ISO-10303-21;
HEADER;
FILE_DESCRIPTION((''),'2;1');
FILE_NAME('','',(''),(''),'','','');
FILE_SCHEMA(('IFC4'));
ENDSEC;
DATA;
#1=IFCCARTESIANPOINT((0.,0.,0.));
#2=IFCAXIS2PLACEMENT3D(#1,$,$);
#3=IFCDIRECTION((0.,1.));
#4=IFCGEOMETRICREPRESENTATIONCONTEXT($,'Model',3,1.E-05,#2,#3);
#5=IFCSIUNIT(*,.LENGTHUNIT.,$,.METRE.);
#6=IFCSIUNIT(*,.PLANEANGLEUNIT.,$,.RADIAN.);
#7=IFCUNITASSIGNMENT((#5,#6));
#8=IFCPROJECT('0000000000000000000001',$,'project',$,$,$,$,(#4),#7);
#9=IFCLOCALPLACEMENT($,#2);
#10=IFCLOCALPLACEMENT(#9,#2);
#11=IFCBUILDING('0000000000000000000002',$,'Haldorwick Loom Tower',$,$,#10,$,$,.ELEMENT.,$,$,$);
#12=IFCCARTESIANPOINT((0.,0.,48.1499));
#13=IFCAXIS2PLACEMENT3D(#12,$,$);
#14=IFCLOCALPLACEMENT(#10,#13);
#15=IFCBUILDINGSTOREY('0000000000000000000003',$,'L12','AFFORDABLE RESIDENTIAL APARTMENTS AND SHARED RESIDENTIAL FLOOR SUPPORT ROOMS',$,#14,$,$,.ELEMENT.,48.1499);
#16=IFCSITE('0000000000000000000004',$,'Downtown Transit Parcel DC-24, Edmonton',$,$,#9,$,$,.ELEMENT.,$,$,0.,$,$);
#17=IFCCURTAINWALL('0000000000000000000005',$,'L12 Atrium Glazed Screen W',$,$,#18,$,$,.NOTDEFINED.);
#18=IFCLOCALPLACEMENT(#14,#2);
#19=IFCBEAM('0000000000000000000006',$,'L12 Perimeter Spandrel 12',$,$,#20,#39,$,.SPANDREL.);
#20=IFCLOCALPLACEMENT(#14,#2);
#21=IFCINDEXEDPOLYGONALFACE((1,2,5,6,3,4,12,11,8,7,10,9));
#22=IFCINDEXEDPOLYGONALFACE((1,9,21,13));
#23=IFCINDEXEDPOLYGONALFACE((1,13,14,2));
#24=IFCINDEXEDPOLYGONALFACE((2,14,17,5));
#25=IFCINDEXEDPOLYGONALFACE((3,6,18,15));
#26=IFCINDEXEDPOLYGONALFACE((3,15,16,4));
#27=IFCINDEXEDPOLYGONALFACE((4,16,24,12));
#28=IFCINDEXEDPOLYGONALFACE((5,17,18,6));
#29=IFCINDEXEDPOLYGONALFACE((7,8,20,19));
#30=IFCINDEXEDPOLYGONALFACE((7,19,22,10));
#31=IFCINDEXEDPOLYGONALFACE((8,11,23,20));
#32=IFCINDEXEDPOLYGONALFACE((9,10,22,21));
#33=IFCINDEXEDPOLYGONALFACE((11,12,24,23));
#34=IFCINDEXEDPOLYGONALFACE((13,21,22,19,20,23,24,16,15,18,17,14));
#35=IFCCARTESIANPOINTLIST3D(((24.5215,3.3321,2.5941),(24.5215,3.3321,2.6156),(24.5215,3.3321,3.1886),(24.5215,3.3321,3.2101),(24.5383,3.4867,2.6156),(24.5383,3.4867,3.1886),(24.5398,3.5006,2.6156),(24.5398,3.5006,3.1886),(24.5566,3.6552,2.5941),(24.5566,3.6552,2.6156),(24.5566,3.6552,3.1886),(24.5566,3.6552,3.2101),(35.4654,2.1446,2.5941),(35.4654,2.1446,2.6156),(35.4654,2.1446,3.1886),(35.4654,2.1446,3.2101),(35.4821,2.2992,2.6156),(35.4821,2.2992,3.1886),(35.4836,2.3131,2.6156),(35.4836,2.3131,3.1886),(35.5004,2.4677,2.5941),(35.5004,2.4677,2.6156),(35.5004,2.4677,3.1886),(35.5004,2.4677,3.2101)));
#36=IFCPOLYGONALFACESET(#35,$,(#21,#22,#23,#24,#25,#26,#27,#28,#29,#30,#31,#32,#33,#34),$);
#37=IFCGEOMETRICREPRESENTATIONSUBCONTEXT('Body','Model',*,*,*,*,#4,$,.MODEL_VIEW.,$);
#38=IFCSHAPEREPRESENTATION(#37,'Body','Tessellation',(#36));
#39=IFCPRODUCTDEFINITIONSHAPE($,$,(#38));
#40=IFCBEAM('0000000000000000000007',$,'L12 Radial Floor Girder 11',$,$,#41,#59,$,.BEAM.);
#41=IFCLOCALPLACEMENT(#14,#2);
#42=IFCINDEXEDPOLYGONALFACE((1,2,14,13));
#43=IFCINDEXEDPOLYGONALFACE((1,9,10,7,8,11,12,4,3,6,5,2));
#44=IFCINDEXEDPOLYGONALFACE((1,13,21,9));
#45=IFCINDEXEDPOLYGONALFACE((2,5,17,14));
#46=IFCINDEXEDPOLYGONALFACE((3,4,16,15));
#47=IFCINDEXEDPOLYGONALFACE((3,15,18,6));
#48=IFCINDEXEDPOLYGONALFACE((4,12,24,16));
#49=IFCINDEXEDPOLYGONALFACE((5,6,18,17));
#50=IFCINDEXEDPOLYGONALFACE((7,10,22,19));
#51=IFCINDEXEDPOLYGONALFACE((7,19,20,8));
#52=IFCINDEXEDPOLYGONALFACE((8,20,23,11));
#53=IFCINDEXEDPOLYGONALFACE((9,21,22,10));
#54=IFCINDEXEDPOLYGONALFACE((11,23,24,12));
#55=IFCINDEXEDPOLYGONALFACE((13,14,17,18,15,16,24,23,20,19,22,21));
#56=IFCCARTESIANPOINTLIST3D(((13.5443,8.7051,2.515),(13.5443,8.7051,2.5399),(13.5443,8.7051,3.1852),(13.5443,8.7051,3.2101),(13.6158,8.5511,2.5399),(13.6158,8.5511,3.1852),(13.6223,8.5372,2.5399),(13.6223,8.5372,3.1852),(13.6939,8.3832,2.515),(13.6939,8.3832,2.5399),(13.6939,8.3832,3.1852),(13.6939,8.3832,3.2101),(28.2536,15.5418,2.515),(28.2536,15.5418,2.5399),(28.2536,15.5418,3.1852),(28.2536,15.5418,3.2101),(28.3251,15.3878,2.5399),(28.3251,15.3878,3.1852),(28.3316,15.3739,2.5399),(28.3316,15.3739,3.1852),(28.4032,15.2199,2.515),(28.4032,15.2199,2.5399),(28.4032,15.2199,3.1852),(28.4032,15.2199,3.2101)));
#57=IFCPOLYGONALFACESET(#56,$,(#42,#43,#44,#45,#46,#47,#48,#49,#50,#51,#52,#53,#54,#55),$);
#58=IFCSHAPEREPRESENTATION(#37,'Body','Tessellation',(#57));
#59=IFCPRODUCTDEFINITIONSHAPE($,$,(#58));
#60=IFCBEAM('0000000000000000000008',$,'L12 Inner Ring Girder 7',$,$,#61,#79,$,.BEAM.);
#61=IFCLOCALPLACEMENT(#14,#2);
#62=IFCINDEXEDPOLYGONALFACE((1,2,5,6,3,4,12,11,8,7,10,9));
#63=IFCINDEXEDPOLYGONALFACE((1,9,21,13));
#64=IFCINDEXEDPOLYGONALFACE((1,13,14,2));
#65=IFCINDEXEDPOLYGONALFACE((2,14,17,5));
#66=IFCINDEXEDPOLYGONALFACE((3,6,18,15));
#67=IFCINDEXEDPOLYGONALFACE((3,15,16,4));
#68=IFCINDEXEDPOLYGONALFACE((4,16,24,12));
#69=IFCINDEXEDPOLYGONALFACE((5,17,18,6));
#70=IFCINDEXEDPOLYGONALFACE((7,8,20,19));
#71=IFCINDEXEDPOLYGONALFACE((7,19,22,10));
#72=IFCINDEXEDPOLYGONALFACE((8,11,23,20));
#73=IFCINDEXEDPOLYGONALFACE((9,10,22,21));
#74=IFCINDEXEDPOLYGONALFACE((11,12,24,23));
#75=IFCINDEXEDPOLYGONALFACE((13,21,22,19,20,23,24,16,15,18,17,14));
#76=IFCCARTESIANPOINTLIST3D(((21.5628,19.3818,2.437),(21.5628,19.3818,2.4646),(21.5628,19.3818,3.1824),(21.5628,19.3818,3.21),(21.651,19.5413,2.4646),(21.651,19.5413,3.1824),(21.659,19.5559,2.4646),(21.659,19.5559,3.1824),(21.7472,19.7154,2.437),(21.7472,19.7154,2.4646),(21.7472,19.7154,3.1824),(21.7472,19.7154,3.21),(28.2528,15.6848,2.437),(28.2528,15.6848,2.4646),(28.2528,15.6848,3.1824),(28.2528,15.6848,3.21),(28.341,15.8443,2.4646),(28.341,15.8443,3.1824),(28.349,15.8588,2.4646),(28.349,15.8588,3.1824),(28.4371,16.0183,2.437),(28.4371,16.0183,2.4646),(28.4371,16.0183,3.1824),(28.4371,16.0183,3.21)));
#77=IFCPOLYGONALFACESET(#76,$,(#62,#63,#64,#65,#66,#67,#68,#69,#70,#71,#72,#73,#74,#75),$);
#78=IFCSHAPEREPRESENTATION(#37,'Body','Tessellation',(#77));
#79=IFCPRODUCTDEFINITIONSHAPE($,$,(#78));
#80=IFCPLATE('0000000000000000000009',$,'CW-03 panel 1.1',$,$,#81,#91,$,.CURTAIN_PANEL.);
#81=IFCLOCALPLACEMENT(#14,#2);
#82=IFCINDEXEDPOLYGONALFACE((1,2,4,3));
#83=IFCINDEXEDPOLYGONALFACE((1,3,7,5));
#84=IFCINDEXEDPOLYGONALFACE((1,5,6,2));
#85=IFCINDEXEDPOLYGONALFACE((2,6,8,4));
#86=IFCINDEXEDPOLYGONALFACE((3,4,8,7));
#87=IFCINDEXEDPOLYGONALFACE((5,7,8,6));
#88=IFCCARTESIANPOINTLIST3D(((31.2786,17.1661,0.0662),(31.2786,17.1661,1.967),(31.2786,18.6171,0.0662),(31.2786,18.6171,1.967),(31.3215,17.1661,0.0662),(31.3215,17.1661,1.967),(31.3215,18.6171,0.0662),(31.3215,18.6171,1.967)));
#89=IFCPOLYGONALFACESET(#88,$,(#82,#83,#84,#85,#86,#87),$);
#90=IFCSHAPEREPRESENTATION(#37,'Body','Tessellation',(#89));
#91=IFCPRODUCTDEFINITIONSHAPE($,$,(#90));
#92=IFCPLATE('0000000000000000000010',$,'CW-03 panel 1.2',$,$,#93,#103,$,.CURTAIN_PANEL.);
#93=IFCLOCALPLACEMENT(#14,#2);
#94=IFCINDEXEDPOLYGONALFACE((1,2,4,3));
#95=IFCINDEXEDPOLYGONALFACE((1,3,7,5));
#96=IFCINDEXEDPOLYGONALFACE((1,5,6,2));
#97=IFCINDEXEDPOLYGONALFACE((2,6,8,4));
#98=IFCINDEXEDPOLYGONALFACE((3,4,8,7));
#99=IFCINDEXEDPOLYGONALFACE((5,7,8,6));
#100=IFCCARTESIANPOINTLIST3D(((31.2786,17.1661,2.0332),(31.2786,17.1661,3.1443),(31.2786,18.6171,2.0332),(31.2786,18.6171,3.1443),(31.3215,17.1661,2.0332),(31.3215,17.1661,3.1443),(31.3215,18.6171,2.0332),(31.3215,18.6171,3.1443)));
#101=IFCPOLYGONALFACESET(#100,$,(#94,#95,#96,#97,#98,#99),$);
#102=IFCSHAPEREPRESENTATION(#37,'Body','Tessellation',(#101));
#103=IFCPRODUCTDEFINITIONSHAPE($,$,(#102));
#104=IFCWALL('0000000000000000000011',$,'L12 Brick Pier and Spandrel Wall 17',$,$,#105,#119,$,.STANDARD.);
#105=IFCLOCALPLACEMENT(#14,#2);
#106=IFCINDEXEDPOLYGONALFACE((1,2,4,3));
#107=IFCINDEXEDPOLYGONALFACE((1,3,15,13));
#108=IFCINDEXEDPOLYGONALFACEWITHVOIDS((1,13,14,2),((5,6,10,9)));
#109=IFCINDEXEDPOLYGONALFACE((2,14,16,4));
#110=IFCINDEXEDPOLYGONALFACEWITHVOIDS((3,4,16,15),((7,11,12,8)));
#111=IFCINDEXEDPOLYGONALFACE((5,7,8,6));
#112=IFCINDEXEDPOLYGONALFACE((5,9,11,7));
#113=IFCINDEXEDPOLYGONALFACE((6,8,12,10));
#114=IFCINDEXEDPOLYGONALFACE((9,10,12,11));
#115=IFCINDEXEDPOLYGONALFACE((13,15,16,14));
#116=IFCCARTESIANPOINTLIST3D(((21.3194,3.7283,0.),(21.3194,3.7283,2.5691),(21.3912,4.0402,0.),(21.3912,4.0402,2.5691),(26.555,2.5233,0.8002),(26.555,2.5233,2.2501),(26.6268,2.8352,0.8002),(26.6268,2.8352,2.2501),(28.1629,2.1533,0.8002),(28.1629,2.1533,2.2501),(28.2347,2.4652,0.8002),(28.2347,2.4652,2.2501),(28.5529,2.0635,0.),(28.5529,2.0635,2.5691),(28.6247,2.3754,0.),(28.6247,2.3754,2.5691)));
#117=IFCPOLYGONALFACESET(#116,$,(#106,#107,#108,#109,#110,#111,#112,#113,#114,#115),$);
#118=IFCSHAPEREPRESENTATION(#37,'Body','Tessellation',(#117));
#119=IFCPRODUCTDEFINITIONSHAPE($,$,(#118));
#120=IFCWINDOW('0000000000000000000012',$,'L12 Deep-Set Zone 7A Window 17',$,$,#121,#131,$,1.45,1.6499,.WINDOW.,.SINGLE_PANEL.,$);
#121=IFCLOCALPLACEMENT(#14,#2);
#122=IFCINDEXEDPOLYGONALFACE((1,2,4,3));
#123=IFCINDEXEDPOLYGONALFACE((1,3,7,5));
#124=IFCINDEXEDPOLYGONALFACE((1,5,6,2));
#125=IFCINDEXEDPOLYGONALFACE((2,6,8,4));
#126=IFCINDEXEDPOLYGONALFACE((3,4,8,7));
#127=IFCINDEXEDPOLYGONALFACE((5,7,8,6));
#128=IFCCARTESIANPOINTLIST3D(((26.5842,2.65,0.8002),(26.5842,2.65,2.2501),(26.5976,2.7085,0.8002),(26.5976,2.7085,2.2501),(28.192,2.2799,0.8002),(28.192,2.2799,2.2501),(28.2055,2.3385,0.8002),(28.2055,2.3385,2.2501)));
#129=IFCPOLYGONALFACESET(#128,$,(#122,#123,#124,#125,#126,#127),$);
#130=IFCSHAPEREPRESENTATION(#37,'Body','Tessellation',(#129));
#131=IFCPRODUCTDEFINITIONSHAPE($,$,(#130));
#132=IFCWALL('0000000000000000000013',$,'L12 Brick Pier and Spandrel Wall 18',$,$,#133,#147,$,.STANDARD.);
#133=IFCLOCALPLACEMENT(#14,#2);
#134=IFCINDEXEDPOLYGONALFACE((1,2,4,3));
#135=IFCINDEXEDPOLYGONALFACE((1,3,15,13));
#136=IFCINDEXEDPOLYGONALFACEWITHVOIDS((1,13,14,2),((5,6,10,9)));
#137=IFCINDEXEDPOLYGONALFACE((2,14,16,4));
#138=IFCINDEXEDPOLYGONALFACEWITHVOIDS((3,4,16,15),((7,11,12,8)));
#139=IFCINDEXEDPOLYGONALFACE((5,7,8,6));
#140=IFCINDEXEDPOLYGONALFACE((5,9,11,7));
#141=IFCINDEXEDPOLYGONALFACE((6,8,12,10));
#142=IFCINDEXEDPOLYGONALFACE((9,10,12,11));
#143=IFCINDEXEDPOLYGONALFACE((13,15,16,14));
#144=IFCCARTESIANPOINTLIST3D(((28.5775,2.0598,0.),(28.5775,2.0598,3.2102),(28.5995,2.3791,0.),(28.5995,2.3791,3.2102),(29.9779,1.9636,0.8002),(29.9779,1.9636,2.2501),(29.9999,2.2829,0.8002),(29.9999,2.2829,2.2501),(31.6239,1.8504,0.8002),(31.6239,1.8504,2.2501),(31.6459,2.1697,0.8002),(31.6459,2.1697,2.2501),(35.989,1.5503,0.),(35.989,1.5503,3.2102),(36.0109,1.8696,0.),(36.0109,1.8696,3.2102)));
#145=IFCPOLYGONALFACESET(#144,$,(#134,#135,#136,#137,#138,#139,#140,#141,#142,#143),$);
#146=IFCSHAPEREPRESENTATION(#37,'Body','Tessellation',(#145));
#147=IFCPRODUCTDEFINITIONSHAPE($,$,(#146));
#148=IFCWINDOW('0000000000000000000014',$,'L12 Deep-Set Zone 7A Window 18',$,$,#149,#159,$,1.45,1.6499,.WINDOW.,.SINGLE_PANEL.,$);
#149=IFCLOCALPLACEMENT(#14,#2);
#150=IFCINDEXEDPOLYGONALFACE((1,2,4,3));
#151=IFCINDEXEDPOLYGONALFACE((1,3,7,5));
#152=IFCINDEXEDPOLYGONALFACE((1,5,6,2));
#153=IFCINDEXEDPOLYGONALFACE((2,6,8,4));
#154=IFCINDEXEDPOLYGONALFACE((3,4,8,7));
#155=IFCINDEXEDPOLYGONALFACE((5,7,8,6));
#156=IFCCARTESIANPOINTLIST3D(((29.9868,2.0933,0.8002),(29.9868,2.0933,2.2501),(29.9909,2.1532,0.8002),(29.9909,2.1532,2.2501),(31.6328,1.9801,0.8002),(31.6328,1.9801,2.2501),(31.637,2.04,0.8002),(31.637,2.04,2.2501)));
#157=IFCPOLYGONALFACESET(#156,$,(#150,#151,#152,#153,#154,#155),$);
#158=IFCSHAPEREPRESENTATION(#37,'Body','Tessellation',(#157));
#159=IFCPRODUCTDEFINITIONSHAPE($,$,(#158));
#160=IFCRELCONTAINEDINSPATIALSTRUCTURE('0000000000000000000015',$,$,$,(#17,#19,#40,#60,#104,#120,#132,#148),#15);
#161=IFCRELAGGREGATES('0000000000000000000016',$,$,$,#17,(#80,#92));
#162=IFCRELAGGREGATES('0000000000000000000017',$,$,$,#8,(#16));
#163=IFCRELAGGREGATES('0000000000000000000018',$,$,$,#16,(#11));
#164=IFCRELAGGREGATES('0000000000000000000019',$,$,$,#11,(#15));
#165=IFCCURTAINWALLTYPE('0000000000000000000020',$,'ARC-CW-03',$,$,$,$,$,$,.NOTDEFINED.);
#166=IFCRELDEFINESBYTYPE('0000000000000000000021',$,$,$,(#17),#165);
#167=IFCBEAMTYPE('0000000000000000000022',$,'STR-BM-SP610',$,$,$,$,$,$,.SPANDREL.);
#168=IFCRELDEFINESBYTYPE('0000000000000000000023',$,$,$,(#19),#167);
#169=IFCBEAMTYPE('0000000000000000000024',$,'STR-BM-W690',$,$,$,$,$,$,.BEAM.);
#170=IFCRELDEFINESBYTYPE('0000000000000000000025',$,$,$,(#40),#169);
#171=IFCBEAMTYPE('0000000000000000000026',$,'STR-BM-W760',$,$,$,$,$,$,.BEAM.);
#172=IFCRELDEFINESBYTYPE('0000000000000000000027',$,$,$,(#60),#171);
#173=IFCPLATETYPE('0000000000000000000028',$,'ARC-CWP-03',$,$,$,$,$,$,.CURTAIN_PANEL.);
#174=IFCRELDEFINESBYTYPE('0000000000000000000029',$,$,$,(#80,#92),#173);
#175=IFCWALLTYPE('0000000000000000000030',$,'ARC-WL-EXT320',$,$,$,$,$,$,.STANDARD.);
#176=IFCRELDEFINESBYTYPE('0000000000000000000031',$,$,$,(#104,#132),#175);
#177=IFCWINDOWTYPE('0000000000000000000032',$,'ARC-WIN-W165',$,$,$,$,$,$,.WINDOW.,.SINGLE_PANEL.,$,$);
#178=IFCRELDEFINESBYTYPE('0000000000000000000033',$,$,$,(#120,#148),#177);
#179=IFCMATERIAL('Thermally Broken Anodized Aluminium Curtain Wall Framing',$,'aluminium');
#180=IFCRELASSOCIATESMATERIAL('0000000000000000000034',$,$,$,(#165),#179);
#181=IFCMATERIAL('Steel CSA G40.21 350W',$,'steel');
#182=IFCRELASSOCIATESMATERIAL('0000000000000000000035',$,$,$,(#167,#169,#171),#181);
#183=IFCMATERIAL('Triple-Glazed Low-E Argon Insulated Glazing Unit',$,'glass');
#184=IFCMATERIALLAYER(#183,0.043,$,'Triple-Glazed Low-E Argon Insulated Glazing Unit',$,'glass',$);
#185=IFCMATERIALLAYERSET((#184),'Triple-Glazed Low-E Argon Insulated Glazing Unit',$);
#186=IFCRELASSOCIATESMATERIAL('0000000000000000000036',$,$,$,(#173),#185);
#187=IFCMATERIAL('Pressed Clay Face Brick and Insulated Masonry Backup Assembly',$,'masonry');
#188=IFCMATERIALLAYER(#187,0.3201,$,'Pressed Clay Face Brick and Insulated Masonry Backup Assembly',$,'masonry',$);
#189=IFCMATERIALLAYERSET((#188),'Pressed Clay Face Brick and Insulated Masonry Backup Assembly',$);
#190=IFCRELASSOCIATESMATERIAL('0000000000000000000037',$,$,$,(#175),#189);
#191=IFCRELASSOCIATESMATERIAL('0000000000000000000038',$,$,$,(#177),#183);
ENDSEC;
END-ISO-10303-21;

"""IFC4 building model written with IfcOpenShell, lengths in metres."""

from ifc_helpers import new_model, si_unit, direction, frame, frame_2d, origin, origin_2d, place, context, subcontext, project, spatial, rectangle, i_section, extrude, material, layer, layer_set, material_profile, profile_set, type_object, element, fill, aggregate, save


model = new_model("IFC4")

# Units and contexts
model_context = context("Model", 3, precision=1e-05, world=origin(), true_north=direction((0.0, 1.0)))
body_context = subcontext(model_context, "Body", "Model", "MODEL_VIEW")
ifc_project = project(units=[si_unit("LENGTHUNIT", "METRE"), si_unit("PLANEANGLEUNIT", "RADIAN")], contexts=[model_context])

# Site, building, storey
site_placement = place(None, origin())
site = spatial("IfcSite", under=ifc_project, at=site_placement, Name="Downtown Transit Parcel DC-24, Edmonton", CompositionType="ELEMENT", RefElevation=0.0)
building_placement = place(site_placement, origin())
building = spatial("IfcBuilding", under=site, at=building_placement, Name="Haldorwick Loom Tower", CompositionType="ELEMENT")
storey_placement = place(building_placement, frame((0.0, 0.0, 48.1499)))
storey = spatial("IfcBuildingStorey", under=building, at=storey_placement, Name="L12", Description="AFFORDABLE RESIDENTIAL APARTMENTS AND SHARED RESIDENTIAL FLOOR SUPPORT ROOMS", CompositionType="ELEMENT", Elevation=48.1499)

# Curtain wall
ifc_material_1 = material(Name="Thermally Broken Anodized Aluminium Curtain Wall Framing", Category="aluminium")
curtain_wall_type = type_object("IfcCurtainWallType", Name="ARC-CW-03", PredefinedType="NOTDEFINED", material=ifc_material_1)
curtain_wall_placement = place(storey_placement, origin())
curtain_wall = element("IfcCurtainWall", 1, at=curtain_wall_placement, inside=storey, type_object=curtain_wall_type, Name="L12 Atrium Glazed Screen W", PredefinedType="NOTDEFINED")

# Beams
ifc_material_2 = material(Name="Steel CSA G40.21 350W", Category="steel")
ifc_material_profile_1 = material_profile(ifc_material_2, i_section(OverallWidth=0.325, OverallDepth=0.616, WebThickness=0.0139, FlangeThickness=0.0215, at=origin_2d()), Name="W610X174", Category="steel")
ifc_profile_set_1 = profile_set([ifc_material_profile_1], Name="Steel CSA G40.21 350W")
beam_type_1 = type_object("IfcBeamType", Name="STR-BM-SP610", PredefinedType="SPANDREL", material=ifc_profile_set_1)
beam_1_placement = place(storey_placement, frame((24.5391, 3.4937, 2.9021), z_axis=(0.994164, -0.107875, 0.0), x_axis=(0.107875, 0.994164, 0.0)))
element("IfcBeam", 2, at=beam_1_placement, inside=storey, type_object=beam_type_1, Name="L12 Perimeter Spandrel 12", PredefinedType="SPANDREL", context=body_context, shape_type="SweptSolid", body=[
    extrude(i_section(OverallWidth=0.325, OverallDepth=0.616, WebThickness=0.0139, FlangeThickness=0.0215, at=origin_2d()), origin(), (0.0, 0.0, 1.0), 11.0081),
])
ifc_material_profile_2 = material_profile(ifc_material_2, i_section(OverallWidth=0.355, OverallDepth=0.6951, WebThickness=0.0154, FlangeThickness=0.0249, at=origin_2d()), Name="W690X217", Category="steel")
ifc_profile_set_2 = profile_set([ifc_material_profile_2], Name="Steel CSA G40.21 350W")
beam_type_2 = type_object("IfcBeamType", Name="STR-BM-W690", PredefinedType="BEAM", material=ifc_profile_set_2)
beam_2_placement = place(storey_placement, frame((28.3284, 15.3809, 2.8625), z_axis=(-0.906835, -0.421486, 0.0), x_axis=(0.421486, -0.906835, 0.0)))
element("IfcBeam", 3, at=beam_2_placement, inside=storey, type_object=beam_type_2, Name="L12 Radial Floor Girder 11", PredefinedType="BEAM", context=body_context, shape_type="SweptSolid", body=[
    extrude(i_section(OverallWidth=0.355, OverallDepth=0.6951, WebThickness=0.0154, FlangeThickness=0.0249, at=origin_2d()), origin(), (0.0, 0.0, 1.0), 16.2205),
])
ifc_material_profile_3 = material_profile(ifc_material_2, i_section(OverallWidth=0.3811, OverallDepth=0.7729, WebThickness=0.0166, FlangeThickness=0.0276, at=origin_2d()), Name="W760X257", Category="steel")
ifc_profile_set_3 = profile_set([ifc_material_profile_3], Name="Steel CSA G40.21 350W")
beam_type_3 = type_object("IfcBeamType", Name="STR-BM-W760", PredefinedType="BEAM", material=ifc_profile_set_3)
beam_3_placement = place(storey_placement, frame((28.345, 15.8516, 2.8235), z_axis=(-0.875244, 0.483681, 0.0), x_axis=(-0.483681, -0.875244, 0.0)))
element("IfcBeam", 4, at=beam_3_placement, inside=storey, type_object=beam_type_3, Name="L12 Inner Ring Girder 7", PredefinedType="BEAM", context=body_context, shape_type="SweptSolid", body=[
    extrude(i_section(OverallWidth=0.3811, OverallDepth=0.7729, WebThickness=0.0166, FlangeThickness=0.0276, at=origin_2d()), origin(), (0.0, 0.0, 1.0), 7.6436),
])

# Plates
ifc_material_3 = material(Name="Triple-Glazed Low-E Argon Insulated Glazing Unit", Category="glass")
ifc_layer_1 = layer(ifc_material_3, 0.043, Name="Triple-Glazed Low-E Argon Insulated Glazing Unit", Category="glass")
ifc_layer_set_1 = layer_set([ifc_layer_1], Name="Triple-Glazed Low-E Argon Insulated Glazing Unit")
plate_type = type_object("IfcPlateType", Name="ARC-CWP-03", PredefinedType="CURTAIN_PANEL", material=ifc_layer_set_1)
plate_1_placement = place(storey_placement, frame((31.3, 17.8916, 0.0662), z_axis=(0.0, 0.0, 1.0), x_axis=(0.0, 1.0, 0.0)))
plate_1 = element("IfcPlate", 5, at=plate_1_placement, type_object=plate_type, Name="CW-03 panel 1.1", PredefinedType="CURTAIN_PANEL", context=body_context, shape_type="SweptSolid", body=[
    extrude(rectangle(XDim=1.4509, YDim=0.043, at=origin_2d()), origin(), (0.0, 0.0, 1.0), 1.9009),
])
plate_2_placement = place(storey_placement, frame((31.3, 17.8916, 2.0332), z_axis=(0.0, 0.0, 1.0), x_axis=(0.0, 1.0, 0.0)))
plate_2 = element("IfcPlate", 6, at=plate_2_placement, type_object=plate_type, Name="CW-03 panel 1.2", PredefinedType="CURTAIN_PANEL", context=body_context, shape_type="SweptSolid", body=[
    extrude(rectangle(XDim=1.4509, YDim=0.043, at=origin_2d()), origin(), (0.0, 0.0, 1.0), 1.1111),
])
aggregate(curtain_wall, [plate_1, plate_2])

# Walls, openings, windows
ifc_material_4 = material(Name="Pressed Clay Face Brick and Insulated Masonry Backup Assembly", Category="masonry")
ifc_layer_2 = layer(ifc_material_4, 0.3201, Name="Pressed Clay Face Brick and Insulated Masonry Backup Assembly", Category="masonry")
ifc_layer_set_2 = layer_set([ifc_layer_2], Name="Pressed Clay Face Brick and Insulated Masonry Backup Assembly")
wall_type_1 = type_object("IfcWallType", Name="ARC-WL-EXT320", PredefinedType="STANDARD", material=ifc_layer_set_2)
wall_1_placement = place(storey_placement, frame((21.3552, 3.8843, 0.0), z_axis=(0.0, 0.0, 1.0), x_axis=(0.974522, -0.22429, 0.0)))
wall_1 = element("IfcWall", 7, at=wall_1_placement, inside=storey, type_object=wall_type_1, Name="L12 Brick Pier and Spandrel Wall 17", PredefinedType="STANDARD", context=body_context, shape_type="SweptSolid", body=[
    extrude(rectangle(XDim=7.4226, YDim=0.3201, at=frame_2d((3.7114, 0.0))), origin(), (0.0, 0.0, 1.0), 2.5691),
])
opening_1_placement = place(wall_1_placement, frame((5.3726, 0.0, 0.8)))
opening_1 = element("IfcOpeningElement", 8, at=opening_1_placement, cuts=wall_1, PredefinedType="OPENING", context=body_context, shape_type="SweptSolid", body=[
    extrude(rectangle(XDim=1.6499, YDim=1.45, at=frame_2d((0.825, 0.7251))), frame((0.0, 0.1699, 0.0), z_axis=(0.0, -1.0, 0.0), x_axis=(1.0, 0.0, 0.0)), (0.0, 0.0, 1.0), 0.3401),
])
window_type = type_object("IfcWindowType", Name="ARC-WIN-W165", PartitioningType="SINGLE_PANEL", PredefinedType="WINDOW", material=ifc_material_3)
window_1_placement = place(opening_1_placement, origin())
window_1 = element("IfcWindow", 9, at=window_1_placement, inside=storey, type_object=window_type, Name="L12 Deep-Set Zone 7A Window 17", OverallHeight=1.45, OverallWidth=1.6499, PartitioningType="SINGLE_PANEL", PredefinedType="WINDOW", context=body_context, shape_type="SweptSolid", body=[
    extrude(rectangle(XDim=1.6499, YDim=1.45, at=frame_2d((0.825, 0.7251))), frame((0.0, 0.03, 0.0), z_axis=(0.0, -1.0, 0.0), x_axis=(1.0, 0.0, 0.0)), (0.0, 0.0, 1.0), 0.0601),
])
fill(opening_1, window_1)
wall_2_placement = place(storey_placement, frame((28.5886, 2.2195, 0.0), z_axis=(0.0, 0.0, 1.0), x_axis=(0.997645, -0.068587, 0.0)))
wall_2 = element("IfcWall", 10, at=wall_2_placement, inside=storey, type_object=wall_type_1, Name="L12 Brick Pier and Spandrel Wall 18", PredefinedType="STANDARD", context=body_context, shape_type="SweptSolid", body=[
    extrude(rectangle(XDim=7.429, YDim=0.3201, at=frame_2d((3.7144, 0.0))), origin(), (0.0, 0.0, 1.0), 3.2102),
])
opening_2_placement = place(wall_2_placement, frame((1.4036, 0.0, 0.8)))
opening_2 = element("IfcOpeningElement", 11, at=opening_2_placement, cuts=wall_2, PredefinedType="OPENING", context=body_context, shape_type="SweptSolid", body=[
    extrude(rectangle(XDim=1.6499, YDim=1.45, at=frame_2d((0.825, 0.7251))), frame((0.0, 0.1699, 0.0), z_axis=(0.0, -1.0, 0.0), x_axis=(1.0, 0.0, 0.0)), (0.0, 0.0, 1.0), 0.3401),
])
window_2_placement = place(opening_2_placement, origin())
window_2 = element("IfcWindow", 12, at=window_2_placement, inside=storey, type_object=window_type, Name="L12 Deep-Set Zone 7A Window 18", OverallHeight=1.45, OverallWidth=1.6499, PartitioningType="SINGLE_PANEL", PredefinedType="WINDOW", context=body_context, shape_type="SweptSolid", body=[
    extrude(rectangle(XDim=1.6499, YDim=1.45, at=frame_2d((0.825, 0.7251))), frame((0.0, 0.03, 0.0), z_axis=(0.0, -1.0, 0.0), x_axis=(1.0, 0.0, 0.0)), (0.0, 0.0, 1.0), 0.0601),
])
fill(opening_2, window_2)

save(model, "model.ifc")
